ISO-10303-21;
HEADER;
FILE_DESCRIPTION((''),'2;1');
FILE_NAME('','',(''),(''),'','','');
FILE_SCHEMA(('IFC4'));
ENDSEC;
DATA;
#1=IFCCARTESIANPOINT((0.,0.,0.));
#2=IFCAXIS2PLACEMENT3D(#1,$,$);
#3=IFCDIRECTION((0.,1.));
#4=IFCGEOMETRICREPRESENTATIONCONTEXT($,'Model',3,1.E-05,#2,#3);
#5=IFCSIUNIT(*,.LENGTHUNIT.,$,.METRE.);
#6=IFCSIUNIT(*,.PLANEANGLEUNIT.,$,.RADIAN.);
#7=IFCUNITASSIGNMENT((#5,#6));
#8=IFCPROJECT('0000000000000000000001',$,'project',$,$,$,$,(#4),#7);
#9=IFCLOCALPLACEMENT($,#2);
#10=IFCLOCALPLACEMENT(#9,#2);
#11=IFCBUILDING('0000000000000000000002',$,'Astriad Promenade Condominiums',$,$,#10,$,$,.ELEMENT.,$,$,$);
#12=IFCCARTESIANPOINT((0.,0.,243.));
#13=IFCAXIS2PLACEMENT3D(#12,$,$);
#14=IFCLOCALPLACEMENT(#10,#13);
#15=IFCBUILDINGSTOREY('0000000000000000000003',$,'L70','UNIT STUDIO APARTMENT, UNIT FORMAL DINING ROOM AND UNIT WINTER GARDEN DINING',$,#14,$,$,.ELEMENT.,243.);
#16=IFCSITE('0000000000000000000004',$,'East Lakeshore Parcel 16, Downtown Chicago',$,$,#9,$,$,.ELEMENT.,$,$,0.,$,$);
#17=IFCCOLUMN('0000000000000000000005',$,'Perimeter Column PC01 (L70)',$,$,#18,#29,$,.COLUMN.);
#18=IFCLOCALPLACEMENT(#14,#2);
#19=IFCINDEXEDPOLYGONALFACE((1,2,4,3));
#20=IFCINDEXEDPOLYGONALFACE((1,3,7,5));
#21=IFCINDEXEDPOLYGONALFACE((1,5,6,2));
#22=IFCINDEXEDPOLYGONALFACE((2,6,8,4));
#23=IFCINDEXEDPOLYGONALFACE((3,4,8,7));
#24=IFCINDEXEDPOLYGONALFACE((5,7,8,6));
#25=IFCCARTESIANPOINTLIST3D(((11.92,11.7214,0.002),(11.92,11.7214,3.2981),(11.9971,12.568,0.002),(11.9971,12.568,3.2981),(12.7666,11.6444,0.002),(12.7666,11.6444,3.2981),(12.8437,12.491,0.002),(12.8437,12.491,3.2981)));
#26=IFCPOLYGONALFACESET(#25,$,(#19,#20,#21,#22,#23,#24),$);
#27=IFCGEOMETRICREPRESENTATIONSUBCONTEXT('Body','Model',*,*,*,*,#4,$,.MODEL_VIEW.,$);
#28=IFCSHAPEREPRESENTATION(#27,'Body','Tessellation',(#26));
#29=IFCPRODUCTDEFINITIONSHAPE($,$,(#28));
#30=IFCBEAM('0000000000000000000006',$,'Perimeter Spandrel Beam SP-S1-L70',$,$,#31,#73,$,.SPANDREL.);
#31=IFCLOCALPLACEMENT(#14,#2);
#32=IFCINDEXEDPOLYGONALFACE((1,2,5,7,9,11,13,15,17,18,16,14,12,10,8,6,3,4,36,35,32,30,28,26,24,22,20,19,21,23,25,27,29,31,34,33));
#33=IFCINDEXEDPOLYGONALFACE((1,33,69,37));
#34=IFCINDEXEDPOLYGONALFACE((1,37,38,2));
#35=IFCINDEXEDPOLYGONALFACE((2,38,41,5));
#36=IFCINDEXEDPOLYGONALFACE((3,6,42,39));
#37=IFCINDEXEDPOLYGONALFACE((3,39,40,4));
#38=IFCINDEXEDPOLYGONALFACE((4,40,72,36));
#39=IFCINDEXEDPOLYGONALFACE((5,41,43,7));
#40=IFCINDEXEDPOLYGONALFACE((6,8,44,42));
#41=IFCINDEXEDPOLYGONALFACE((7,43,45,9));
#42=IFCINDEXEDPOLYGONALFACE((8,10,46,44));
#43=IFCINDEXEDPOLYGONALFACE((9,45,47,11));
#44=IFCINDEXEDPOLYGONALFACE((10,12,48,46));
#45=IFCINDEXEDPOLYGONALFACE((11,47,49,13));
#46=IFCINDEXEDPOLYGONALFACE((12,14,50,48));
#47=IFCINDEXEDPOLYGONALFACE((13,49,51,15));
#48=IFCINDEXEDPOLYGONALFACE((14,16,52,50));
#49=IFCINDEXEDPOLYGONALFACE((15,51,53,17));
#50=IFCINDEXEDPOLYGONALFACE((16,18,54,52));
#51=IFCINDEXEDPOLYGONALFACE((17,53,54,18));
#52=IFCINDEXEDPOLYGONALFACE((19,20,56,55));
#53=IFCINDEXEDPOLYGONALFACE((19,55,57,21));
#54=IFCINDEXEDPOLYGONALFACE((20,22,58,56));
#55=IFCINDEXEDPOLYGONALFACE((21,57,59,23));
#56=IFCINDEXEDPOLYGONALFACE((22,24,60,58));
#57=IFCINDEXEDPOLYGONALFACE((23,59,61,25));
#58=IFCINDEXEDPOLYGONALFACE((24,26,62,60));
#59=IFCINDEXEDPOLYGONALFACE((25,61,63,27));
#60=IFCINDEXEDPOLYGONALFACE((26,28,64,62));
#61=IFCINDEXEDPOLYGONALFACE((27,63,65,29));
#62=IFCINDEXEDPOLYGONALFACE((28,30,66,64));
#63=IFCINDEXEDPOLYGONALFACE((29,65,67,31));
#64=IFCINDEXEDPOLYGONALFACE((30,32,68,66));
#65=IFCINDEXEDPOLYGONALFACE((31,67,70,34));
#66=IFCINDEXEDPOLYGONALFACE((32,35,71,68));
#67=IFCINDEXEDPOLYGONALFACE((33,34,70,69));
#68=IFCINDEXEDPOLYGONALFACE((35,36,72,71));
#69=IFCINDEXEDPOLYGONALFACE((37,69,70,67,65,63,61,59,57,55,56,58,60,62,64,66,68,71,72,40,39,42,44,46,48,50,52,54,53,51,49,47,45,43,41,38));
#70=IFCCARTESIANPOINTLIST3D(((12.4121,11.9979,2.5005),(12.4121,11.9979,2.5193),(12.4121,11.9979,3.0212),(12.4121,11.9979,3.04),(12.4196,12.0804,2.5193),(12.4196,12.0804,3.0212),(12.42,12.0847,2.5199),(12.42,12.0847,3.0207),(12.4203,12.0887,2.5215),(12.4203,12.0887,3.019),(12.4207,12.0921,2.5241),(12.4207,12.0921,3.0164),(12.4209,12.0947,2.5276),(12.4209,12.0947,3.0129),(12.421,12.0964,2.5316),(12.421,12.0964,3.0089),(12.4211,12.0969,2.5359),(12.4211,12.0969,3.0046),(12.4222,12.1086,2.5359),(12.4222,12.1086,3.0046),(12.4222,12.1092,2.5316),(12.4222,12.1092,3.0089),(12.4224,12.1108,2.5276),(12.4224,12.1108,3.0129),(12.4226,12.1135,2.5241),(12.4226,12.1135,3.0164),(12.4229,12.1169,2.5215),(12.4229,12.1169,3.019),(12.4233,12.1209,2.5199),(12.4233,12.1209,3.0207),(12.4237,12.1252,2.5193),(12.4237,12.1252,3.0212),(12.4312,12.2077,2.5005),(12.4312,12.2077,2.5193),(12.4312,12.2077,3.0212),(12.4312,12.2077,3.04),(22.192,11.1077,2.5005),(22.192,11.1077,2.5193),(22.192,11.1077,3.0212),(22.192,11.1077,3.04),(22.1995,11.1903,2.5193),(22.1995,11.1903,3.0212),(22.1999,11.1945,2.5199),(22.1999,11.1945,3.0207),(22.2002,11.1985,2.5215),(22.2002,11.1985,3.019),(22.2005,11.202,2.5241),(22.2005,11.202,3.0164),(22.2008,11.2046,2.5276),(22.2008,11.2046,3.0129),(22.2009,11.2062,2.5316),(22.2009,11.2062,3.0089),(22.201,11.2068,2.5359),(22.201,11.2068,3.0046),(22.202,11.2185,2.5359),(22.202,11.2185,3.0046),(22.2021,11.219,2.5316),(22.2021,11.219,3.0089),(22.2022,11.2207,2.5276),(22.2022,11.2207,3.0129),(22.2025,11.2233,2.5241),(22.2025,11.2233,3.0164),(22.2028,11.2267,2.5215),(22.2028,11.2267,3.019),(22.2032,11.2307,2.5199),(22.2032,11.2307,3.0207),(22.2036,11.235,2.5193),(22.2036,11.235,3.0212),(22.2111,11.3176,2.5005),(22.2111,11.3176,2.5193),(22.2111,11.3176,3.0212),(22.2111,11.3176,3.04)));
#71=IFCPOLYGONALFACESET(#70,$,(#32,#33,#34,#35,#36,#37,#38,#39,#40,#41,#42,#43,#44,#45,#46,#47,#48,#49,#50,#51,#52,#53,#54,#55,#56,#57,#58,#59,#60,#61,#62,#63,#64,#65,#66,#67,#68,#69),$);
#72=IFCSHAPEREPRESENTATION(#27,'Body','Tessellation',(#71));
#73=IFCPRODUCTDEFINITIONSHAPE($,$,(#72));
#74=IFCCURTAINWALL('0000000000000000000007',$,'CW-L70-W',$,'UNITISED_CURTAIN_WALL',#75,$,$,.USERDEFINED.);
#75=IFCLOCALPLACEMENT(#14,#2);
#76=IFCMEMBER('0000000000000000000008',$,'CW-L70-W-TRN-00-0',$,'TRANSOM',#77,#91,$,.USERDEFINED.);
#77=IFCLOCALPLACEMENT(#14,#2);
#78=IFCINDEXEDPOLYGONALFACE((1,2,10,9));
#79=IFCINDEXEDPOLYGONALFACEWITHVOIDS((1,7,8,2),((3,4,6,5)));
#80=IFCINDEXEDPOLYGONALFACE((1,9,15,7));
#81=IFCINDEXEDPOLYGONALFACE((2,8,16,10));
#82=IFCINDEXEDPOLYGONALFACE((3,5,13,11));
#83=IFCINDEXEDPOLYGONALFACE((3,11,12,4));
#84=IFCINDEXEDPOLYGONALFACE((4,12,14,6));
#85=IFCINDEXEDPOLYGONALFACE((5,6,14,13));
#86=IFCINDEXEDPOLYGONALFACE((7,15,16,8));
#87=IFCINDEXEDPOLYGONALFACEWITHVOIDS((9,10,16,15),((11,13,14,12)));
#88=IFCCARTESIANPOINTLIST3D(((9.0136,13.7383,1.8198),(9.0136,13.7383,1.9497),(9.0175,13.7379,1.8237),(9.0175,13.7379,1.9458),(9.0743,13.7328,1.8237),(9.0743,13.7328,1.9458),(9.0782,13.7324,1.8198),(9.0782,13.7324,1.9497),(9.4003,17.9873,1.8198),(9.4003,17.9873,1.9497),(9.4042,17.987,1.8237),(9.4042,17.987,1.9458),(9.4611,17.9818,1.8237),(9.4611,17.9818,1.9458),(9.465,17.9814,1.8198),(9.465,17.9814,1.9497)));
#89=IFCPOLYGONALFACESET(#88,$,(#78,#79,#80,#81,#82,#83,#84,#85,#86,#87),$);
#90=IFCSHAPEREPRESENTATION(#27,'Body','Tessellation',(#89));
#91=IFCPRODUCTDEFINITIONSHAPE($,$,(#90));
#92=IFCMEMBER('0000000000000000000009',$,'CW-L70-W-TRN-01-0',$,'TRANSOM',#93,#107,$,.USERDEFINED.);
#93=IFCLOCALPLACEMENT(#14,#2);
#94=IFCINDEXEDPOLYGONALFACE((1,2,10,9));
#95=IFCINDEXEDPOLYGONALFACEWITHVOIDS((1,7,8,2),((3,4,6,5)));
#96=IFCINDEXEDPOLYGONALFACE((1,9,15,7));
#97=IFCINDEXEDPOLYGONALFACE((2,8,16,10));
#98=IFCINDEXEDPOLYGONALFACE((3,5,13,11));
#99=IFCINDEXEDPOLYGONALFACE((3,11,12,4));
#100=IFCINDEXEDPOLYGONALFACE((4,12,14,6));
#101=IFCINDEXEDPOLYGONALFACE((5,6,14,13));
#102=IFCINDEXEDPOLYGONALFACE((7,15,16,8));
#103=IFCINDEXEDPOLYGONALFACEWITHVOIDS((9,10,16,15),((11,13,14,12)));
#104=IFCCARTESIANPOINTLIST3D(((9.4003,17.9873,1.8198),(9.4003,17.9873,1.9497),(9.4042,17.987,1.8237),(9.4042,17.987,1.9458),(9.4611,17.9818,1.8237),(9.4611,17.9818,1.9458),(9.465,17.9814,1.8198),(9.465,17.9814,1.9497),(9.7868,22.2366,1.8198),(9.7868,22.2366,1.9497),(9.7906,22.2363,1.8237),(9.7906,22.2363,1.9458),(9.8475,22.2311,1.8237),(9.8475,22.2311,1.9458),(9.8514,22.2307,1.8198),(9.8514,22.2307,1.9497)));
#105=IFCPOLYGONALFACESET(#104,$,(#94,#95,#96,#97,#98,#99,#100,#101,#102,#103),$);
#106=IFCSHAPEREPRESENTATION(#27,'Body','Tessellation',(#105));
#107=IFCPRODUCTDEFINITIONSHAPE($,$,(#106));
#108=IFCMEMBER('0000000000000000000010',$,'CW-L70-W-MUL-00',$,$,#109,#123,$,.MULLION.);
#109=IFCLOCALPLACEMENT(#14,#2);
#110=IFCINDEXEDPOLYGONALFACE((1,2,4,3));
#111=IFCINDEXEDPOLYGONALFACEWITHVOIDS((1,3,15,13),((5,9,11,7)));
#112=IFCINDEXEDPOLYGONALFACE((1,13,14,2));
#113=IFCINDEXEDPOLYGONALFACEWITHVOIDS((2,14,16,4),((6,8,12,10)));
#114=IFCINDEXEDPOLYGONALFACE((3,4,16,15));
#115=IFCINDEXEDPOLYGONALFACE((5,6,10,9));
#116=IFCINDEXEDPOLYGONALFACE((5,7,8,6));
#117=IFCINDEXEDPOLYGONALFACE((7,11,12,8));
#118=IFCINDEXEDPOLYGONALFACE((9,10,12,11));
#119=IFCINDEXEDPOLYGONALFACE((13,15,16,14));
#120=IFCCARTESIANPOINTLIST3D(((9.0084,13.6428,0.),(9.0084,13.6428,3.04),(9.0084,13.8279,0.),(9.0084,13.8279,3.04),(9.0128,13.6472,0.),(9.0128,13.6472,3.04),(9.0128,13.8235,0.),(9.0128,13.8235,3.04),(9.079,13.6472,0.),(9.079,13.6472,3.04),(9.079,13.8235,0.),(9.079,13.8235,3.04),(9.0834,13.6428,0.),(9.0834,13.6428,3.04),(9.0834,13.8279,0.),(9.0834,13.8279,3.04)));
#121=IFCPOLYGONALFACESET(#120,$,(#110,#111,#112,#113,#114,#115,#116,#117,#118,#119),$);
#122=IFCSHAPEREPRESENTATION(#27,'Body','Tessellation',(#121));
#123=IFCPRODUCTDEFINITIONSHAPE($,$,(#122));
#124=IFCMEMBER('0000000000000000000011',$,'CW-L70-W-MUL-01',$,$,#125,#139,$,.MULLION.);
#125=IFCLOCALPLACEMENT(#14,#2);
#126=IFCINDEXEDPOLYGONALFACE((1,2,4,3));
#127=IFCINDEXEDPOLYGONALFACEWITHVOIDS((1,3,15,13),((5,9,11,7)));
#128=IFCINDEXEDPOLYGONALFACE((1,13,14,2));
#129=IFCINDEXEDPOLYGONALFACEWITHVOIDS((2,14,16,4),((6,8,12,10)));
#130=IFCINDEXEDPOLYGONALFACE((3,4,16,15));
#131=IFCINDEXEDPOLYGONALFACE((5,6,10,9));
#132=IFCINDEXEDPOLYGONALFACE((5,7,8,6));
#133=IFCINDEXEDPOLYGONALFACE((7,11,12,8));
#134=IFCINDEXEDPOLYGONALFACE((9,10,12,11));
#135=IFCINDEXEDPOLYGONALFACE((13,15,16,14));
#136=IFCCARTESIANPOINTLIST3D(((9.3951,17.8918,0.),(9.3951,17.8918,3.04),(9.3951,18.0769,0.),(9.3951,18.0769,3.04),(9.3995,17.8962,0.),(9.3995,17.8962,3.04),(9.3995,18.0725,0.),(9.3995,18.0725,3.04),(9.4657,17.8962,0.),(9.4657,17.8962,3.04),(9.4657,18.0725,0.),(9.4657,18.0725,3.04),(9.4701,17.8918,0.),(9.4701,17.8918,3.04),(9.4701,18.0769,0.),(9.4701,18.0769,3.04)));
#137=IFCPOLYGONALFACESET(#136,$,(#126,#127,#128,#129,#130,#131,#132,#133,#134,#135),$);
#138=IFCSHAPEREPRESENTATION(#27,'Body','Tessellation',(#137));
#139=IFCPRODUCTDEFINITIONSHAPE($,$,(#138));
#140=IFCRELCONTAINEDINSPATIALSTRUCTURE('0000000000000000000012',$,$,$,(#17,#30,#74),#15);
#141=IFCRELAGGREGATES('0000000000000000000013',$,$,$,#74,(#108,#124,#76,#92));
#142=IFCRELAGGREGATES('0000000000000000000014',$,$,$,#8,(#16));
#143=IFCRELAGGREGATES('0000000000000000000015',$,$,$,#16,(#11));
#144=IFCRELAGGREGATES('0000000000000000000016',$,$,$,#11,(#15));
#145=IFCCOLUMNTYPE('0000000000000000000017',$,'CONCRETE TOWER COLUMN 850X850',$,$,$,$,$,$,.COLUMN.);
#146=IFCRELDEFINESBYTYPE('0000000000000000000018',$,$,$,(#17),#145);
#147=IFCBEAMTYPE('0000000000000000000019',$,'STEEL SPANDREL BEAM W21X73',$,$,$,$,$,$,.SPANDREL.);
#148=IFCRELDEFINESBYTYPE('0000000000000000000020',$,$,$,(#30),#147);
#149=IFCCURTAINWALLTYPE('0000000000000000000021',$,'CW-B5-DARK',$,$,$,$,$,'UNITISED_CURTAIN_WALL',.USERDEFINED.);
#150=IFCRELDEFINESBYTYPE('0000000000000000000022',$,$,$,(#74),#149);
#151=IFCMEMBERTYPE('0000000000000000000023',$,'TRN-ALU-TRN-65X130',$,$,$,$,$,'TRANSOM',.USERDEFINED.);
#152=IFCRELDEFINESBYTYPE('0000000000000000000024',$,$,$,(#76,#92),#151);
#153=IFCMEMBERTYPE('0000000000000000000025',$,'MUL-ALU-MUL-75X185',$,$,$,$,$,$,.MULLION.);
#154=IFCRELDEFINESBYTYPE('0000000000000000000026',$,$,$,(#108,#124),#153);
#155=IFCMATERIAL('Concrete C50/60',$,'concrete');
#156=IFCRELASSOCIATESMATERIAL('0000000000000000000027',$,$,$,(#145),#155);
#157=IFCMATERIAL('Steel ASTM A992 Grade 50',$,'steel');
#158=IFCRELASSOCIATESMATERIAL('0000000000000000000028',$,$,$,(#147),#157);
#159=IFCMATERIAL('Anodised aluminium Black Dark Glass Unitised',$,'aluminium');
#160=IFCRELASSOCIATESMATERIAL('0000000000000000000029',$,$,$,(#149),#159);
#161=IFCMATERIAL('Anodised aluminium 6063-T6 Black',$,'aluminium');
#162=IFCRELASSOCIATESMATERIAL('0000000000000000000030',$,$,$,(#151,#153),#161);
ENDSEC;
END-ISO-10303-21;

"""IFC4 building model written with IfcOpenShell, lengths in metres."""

from ifc_helpers import new_model, si_unit, direction, frame, origin, origin_2d, place, context, subcontext, project, spatial, rectangle, hollow_rectangle, i_section, extrude, source, transform, mapped, material, material_profile, profile_set, type_object, type_shapes, element, aggregate, save


model = new_model("IFC4")

# Units and contexts
model_context = context("Model", 3, precision=1e-05, world=origin(), true_north=direction((0.0, 1.0)))
body_context = subcontext(model_context, "Body", "Model", "MODEL_VIEW")
ifc_project = project(units=[si_unit("LENGTHUNIT", "METRE"), si_unit("PLANEANGLEUNIT", "RADIAN")], contexts=[model_context])

# Site, building, storey
site_placement = place(None, origin())
site = spatial("IfcSite", under=ifc_project, at=site_placement, Name="East Lakeshore Parcel 16, Downtown Chicago", CompositionType="ELEMENT", RefElevation=0.0)
building_placement = place(site_placement, origin())
building = spatial("IfcBuilding", under=site, at=building_placement, Name="Astriad Promenade Condominiums", CompositionType="ELEMENT")
storey_placement = place(building_placement, frame((0.0, 0.0, 243.0)))
storey = spatial("IfcBuildingStorey", under=building, at=storey_placement, Name="L70", Description="UNIT STUDIO APARTMENT, UNIT FORMAL DINING ROOM AND UNIT WINTER GARDEN DINING", CompositionType="ELEMENT", Elevation=243.0)

# Column
ifc_material_1 = material(Name="Concrete C50/60", Category="concrete")
ifc_material_profile_1 = material_profile(ifc_material_1, rectangle(XDim=0.8501, YDim=0.8501, at=origin_2d()), Name="RC-COL-850X850")
ifc_profile_set_1 = profile_set([ifc_material_profile_1], Name="Concrete C50/60")
column_type = type_object("IfcColumnType", Name="CONCRETE TOWER COLUMN 850X850", PredefinedType="COLUMN", material=ifc_profile_set_1)
shared_shape_1 = source(origin(), body_context, "Body", "SweptSolid", [
    extrude(rectangle(XDim=0.8501, YDim=0.8501, at=origin_2d()), origin(), (0.0, 0.0, 1.0), 3.2961),
])
type_shapes(column_type, [shared_shape_1])
column_placement = place(storey_placement, frame((12.3818, 12.1062, 0.002), z_axis=(0.0, 0.0, 1.0), x_axis=(0.995884, -0.090633, 0.0)))
element("IfcColumn", 1, at=column_placement, inside=storey, type_object=column_type, Name="Perimeter Column PC01 (L70)", PredefinedType="COLUMN", context=body_context, shape_type="MappedRepresentation", body=[
    mapped(shared_shape_1, transform((0.0, 0.0, 0.0), scale=1.0)),
])

# Beam
ifc_material_2 = material(Name="Steel ASTM A992 Grade 50", Category="steel")
ifc_material_profile_2 = material_profile(ifc_material_2, i_section(OverallWidth=0.2107, OverallDepth=0.5396, WebThickness=0.0117, FlangeThickness=0.0188, FilletRadius=0.0166, at=origin_2d()), Name="W21X73")
ifc_profile_set_2 = profile_set([ifc_material_profile_2], Name="Steel ASTM A992 Grade 50")
beam_type = type_object("IfcBeamType", Name="STEEL SPANDREL BEAM W21X73", PredefinedType="SPANDREL", material=ifc_profile_set_2)
shared_shape_2 = source(origin(), body_context, "Body", "SweptSolid", [
    extrude(i_section(OverallWidth=0.2107, OverallDepth=0.5396, WebThickness=0.0117, FlangeThickness=0.0188, FilletRadius=0.0166, at=origin_2d()), origin(), (0.0, 0.0, 1.0), 9.8203),
])
type_shapes(beam_type, [shared_shape_2])
beam_placement = place(storey_placement, frame((12.4216, 12.1028, 2.7703), z_axis=(0.995883, -0.090643, 0.0), x_axis=(0.090643, 0.995883, 0.0)))
element("IfcBeam", 2, at=beam_placement, inside=storey, type_object=beam_type, Name="Perimeter Spandrel Beam SP-S1-L70", PredefinedType="SPANDREL", context=body_context, shape_type="MappedRepresentation", body=[
    mapped(shared_shape_2, transform((0.0, 0.0, 0.0), scale=1.0)),
])

# Curtain wall, members
ifc_material_3 = material(Name="Anodised aluminium Black Dark Glass Unitised", Category="aluminium")
curtain_wall_type = type_object("IfcCurtainWallType", Name="CW-B5-DARK", ElementType="UNITISED_CURTAIN_WALL", PredefinedType="USERDEFINED", material=ifc_material_3)
curtain_wall_placement = place(storey_placement, origin())
curtain_wall = element("IfcCurtainWall", 3, at=curtain_wall_placement, inside=storey, type_object=curtain_wall_type, Name="CW-L70-W", ObjectType="UNITISED_CURTAIN_WALL", PredefinedType="USERDEFINED")
ifc_material_4 = material(Name="Anodised aluminium 6063-T6 Black", Category="aluminium")
ifc_material_profile_3 = material_profile(ifc_material_4, hollow_rectangle(XDim=0.0649, YDim=0.1299, WallThickness=0.0039, at=origin_2d()), Name="ALU-TRN-65X130")
ifc_profile_set_3 = profile_set([ifc_material_profile_3], Name="Anodised aluminium 6063-T6 Black")
member_type_1 = type_object("IfcMemberType", Name="TRN-ALU-TRN-65X130", ElementType="TRANSOM", PredefinedType="USERDEFINED", material=ifc_profile_set_3)
shared_shape_3 = source(origin(), body_context, "Body", "SweptSolid", [
    extrude(hollow_rectangle(XDim=0.0649, YDim=0.1299, WallThickness=0.0039, at=origin_2d()), origin(), (0.0, 0.0, 1.0), 4.2666),
])
member_1_placement = place(storey_placement, frame((9.0459, 13.7354, 1.8848), z_axis=(0.090639, 0.995884, 0.0), x_axis=(-0.995884, 0.090639, 0.0)))
member_1 = element("IfcMember", 4, at=member_1_placement, type_object=member_type_1, Name="CW-L70-W-TRN-00-0", ObjectType="TRANSOM", PredefinedType="USERDEFINED", context=body_context, shape_type="MappedRepresentation", body=[
    mapped(shared_shape_3, transform((0.0, 0.0, 0.0), scale=1.0)),
])
shared_shape_4 = source(origin(), body_context, "Body", "SweptSolid", [
    extrude(hollow_rectangle(XDim=0.0649, YDim=0.1299, WallThickness=0.0039, at=origin_2d()), origin(), (0.0, 0.0, 1.0), 4.2668),
])
type_shapes(member_type_1, [shared_shape_3, shared_shape_4])
member_2_placement = place(storey_placement, frame((9.4326, 17.9844, 1.8848), z_axis=(0.090577, 0.995889, 0.0), x_axis=(-0.995889, 0.090577, 0.0)))
member_2 = element("IfcMember", 5, at=member_2_placement, type_object=member_type_1, Name="CW-L70-W-TRN-01-0", ObjectType="TRANSOM", PredefinedType="USERDEFINED", context=body_context, shape_type="MappedRepresentation", body=[
    mapped(shared_shape_4, transform((0.0, 0.0, 0.0), scale=1.0)),
])
ifc_material_profile_4 = material_profile(ifc_material_4, hollow_rectangle(XDim=0.075, YDim=0.1851, WallThickness=0.0044, at=origin_2d()), Name="ALU-MUL-75X185")
ifc_profile_set_4 = profile_set([ifc_material_profile_4], Name="Anodised aluminium 6063-T6 Black")
member_type_2 = type_object("IfcMemberType", Name="MUL-ALU-MUL-75X185", PredefinedType="MULLION", material=ifc_profile_set_4)
shared_shape_5 = source(origin(), body_context, "Body", "SweptSolid", [
    extrude(hollow_rectangle(XDim=0.075, YDim=0.1851, WallThickness=0.0044, at=origin_2d()), origin(), (0.0, 0.0, 1.0), 3.04),
])
type_shapes(member_type_2, [shared_shape_5])
member_3_placement = place(storey_placement, frame((9.0459, 13.7354, 0.0), z_axis=(0.0, 0.0, 1.0), x_axis=(1.0, 0.0, 0.0)))
member_3 = element("IfcMember", 6, at=member_3_placement, type_object=member_type_2, Name="CW-L70-W-MUL-00", PredefinedType="MULLION", context=body_context, shape_type="MappedRepresentation", body=[
    mapped(shared_shape_5, transform((0.0, 0.0, 0.0), scale=1.0)),
])
member_4_placement = place(storey_placement, frame((9.4326, 17.9844, 0.0), z_axis=(0.0, 0.0, 1.0), x_axis=(1.0, 0.0, 0.0)))
member_4 = element("IfcMember", 7, at=member_4_placement, type_object=member_type_2, Name="CW-L70-W-MUL-01", PredefinedType="MULLION", context=body_context, shape_type="MappedRepresentation", body=[
    mapped(shared_shape_5, transform((0.0, 0.0, 0.0), scale=1.0)),
])

aggregate(curtain_wall, [member_3, member_4, member_1, member_2])

save(model, "model.ifc")
